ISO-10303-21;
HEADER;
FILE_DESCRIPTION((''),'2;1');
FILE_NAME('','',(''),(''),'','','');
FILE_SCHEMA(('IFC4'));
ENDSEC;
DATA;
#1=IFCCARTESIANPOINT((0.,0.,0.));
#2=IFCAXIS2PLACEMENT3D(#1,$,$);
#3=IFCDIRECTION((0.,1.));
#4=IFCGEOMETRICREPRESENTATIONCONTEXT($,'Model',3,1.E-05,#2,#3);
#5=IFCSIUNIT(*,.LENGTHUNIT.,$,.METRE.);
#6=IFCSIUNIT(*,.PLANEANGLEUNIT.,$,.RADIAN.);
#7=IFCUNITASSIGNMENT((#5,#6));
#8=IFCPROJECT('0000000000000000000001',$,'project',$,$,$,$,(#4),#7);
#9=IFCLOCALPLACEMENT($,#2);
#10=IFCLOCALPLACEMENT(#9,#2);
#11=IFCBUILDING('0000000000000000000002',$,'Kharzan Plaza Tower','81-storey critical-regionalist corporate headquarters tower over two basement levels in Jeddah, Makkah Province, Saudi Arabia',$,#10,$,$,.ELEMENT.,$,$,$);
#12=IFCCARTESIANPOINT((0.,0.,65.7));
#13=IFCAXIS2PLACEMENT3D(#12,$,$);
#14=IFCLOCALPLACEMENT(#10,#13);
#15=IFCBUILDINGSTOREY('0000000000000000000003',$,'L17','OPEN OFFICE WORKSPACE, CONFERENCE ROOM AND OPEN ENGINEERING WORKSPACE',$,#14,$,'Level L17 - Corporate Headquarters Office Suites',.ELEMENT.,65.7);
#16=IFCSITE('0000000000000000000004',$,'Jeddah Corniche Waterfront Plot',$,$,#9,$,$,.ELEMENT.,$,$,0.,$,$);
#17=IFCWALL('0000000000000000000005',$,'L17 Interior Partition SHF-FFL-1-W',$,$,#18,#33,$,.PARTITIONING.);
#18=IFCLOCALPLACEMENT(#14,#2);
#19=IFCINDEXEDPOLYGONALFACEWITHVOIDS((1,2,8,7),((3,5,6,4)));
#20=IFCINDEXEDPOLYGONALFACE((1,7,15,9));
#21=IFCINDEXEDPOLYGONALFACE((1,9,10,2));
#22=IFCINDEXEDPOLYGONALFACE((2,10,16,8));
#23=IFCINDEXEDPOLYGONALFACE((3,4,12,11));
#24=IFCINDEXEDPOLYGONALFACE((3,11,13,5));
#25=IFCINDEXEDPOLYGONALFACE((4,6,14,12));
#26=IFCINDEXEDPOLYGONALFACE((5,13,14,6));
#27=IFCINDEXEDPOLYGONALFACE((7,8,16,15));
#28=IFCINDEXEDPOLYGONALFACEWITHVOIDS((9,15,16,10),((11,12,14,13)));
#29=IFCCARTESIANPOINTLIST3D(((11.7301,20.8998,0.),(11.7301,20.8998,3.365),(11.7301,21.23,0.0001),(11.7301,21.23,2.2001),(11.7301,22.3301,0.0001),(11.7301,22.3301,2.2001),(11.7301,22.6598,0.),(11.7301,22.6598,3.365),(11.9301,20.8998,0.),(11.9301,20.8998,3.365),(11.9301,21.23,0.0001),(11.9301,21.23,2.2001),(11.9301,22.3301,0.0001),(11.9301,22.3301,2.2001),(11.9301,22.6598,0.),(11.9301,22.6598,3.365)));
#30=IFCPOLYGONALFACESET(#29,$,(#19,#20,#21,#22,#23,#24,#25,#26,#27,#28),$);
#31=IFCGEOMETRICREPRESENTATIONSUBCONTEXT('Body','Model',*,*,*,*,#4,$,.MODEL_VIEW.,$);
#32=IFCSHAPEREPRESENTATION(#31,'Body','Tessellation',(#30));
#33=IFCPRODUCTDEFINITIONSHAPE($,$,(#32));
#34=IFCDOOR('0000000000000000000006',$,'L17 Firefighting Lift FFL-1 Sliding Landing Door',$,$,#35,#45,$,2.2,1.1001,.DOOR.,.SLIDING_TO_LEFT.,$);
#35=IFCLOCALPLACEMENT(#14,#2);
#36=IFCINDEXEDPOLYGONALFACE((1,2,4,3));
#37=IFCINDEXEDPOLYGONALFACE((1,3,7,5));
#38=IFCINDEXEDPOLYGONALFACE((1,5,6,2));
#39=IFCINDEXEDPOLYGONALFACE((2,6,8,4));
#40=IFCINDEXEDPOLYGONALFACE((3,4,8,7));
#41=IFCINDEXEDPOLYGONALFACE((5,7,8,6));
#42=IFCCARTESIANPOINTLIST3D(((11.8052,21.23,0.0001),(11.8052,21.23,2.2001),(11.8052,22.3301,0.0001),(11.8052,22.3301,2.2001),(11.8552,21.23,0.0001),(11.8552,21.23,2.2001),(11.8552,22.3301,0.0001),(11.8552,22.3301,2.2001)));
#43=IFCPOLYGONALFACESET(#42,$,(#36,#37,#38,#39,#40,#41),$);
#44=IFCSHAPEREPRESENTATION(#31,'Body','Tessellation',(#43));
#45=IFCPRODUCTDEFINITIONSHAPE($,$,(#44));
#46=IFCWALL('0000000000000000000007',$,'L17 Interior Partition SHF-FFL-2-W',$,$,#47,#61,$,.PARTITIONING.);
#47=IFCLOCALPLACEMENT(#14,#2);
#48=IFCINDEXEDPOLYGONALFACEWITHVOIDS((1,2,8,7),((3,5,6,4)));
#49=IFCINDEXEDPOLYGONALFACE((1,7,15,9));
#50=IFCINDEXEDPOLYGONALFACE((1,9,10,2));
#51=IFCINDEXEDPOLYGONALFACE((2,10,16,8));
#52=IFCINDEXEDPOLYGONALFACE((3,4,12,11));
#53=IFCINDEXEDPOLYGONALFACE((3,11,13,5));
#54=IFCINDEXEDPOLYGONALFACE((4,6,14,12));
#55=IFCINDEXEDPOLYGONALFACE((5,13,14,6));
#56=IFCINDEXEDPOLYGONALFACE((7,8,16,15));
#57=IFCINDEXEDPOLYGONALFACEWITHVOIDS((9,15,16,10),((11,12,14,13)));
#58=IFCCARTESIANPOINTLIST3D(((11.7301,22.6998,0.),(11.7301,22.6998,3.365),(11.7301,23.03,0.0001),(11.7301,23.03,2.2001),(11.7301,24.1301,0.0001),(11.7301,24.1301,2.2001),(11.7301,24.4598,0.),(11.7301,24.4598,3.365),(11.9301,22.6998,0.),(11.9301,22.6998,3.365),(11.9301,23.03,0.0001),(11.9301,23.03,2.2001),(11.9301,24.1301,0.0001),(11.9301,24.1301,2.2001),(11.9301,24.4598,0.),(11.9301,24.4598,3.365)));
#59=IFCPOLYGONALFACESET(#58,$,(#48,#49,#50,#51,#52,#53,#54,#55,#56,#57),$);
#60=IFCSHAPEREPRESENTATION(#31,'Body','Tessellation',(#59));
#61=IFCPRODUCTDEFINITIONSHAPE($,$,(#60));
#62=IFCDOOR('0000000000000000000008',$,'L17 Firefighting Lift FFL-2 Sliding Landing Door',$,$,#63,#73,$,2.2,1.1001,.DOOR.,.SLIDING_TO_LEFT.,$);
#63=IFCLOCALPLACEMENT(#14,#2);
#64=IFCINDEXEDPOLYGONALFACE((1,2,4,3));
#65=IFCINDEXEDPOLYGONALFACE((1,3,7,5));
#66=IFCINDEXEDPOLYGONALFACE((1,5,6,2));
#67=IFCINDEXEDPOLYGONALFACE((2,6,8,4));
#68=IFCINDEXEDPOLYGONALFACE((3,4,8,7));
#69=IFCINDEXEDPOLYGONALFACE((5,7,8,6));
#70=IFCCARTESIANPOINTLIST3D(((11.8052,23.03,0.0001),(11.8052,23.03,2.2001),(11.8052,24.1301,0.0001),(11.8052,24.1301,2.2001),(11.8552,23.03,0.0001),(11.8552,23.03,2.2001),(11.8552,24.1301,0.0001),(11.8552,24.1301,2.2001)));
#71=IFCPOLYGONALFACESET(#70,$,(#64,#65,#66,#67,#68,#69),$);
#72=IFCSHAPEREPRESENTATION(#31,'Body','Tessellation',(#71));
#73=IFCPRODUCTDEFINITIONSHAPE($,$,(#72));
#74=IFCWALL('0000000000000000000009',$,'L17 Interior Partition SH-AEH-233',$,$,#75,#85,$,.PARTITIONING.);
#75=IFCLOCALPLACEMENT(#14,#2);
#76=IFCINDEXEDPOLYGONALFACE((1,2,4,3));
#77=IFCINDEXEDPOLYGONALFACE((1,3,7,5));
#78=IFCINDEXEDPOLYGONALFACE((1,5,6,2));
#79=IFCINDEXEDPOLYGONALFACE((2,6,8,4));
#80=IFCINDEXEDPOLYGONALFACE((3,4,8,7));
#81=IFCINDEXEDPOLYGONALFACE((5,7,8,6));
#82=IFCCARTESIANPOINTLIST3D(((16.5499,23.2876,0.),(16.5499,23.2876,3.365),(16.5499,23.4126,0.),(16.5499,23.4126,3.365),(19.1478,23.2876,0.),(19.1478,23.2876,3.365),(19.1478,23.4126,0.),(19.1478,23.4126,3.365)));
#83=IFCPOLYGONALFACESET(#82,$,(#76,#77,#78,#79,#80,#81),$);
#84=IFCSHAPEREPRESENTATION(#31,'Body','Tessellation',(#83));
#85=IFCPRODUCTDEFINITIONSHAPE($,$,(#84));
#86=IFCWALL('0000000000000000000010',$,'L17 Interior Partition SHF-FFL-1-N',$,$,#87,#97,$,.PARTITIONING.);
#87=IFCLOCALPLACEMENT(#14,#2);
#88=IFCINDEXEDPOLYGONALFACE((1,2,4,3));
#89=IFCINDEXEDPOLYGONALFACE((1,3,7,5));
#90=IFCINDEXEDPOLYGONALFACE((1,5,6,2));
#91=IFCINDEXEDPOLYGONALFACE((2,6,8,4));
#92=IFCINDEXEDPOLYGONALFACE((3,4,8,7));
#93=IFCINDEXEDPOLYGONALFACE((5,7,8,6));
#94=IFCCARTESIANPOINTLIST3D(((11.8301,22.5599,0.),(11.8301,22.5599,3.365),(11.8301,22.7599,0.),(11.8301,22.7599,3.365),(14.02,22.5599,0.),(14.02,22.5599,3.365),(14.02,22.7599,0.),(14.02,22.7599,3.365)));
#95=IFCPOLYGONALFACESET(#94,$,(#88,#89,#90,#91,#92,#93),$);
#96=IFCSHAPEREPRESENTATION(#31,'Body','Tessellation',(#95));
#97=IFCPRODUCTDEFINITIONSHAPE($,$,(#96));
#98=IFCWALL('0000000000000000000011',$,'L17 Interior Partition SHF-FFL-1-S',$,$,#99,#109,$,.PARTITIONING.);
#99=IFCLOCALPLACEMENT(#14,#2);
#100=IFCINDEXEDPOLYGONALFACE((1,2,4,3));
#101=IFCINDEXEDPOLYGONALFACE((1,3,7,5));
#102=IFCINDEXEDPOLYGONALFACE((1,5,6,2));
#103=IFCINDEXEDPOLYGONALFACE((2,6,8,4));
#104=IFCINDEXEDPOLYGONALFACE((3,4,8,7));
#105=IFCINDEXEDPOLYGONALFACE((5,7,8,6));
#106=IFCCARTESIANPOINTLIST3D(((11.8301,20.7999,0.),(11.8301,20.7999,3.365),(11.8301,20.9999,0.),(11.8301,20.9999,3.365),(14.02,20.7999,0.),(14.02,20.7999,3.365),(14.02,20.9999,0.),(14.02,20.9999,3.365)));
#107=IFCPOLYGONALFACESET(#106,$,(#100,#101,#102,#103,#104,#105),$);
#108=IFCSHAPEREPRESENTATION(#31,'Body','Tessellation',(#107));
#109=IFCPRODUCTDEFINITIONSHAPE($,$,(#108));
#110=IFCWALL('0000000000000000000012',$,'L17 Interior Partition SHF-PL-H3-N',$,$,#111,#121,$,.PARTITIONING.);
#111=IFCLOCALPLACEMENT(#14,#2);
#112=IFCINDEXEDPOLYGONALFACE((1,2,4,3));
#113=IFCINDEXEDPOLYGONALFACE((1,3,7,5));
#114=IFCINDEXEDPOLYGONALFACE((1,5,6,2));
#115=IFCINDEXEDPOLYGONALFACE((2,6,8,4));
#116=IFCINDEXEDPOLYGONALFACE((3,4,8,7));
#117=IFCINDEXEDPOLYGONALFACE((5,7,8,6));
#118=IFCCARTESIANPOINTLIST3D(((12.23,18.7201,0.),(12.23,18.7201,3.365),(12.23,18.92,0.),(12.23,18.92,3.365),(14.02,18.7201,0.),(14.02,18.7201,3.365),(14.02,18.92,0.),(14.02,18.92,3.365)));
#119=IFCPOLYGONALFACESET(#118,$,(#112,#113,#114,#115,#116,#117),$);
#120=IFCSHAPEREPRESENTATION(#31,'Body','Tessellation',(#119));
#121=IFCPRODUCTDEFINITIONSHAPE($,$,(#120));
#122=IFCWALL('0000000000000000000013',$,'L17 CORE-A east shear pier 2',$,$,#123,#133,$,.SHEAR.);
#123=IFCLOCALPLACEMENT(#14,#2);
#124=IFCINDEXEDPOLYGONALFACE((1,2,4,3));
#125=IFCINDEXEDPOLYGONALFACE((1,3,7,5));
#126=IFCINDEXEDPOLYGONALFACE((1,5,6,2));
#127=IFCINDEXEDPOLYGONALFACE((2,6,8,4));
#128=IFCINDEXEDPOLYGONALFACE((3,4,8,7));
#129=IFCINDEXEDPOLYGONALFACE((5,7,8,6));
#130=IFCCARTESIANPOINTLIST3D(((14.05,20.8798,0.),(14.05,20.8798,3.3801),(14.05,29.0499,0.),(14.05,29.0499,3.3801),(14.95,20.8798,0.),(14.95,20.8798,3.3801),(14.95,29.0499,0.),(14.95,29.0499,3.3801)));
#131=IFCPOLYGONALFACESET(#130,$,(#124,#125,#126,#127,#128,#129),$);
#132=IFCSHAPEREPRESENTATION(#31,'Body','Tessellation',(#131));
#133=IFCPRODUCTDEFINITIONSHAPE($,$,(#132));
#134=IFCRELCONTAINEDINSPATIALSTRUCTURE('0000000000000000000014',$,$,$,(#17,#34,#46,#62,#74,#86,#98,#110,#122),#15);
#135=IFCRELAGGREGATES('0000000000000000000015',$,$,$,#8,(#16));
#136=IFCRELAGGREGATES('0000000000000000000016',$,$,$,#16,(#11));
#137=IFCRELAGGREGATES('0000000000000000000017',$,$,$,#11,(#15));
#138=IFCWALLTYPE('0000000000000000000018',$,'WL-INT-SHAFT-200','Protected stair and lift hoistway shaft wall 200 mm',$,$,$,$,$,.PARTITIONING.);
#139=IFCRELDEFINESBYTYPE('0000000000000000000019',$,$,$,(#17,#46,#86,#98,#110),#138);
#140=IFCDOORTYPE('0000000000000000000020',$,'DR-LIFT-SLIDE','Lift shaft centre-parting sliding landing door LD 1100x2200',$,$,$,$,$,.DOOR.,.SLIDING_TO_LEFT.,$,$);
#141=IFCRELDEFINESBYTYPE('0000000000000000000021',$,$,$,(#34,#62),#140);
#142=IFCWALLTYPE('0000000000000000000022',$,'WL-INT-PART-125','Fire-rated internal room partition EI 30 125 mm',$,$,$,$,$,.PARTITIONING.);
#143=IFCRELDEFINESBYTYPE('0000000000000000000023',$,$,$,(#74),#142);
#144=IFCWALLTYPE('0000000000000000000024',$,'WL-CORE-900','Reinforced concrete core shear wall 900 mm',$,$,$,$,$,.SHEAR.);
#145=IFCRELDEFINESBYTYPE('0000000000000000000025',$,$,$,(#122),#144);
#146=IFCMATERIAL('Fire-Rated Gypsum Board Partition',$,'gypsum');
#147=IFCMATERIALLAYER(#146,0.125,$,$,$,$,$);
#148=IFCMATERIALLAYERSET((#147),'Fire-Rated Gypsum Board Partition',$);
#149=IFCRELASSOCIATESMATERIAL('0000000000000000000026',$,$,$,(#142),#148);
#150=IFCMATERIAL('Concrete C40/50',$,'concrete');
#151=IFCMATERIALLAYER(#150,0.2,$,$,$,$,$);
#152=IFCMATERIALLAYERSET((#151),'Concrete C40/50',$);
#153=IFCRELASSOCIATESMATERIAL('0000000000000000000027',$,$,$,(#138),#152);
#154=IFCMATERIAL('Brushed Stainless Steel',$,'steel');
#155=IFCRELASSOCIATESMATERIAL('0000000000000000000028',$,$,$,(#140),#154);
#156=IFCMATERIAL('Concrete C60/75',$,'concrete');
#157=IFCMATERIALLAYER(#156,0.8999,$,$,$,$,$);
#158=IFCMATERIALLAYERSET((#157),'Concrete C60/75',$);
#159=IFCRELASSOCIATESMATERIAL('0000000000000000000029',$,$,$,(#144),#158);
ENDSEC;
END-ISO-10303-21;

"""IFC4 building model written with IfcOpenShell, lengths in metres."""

from ifc_helpers import new_model, si_unit, direction, frame, frame_2d, origin, place, context, subcontext, project, spatial, rectangle, extrude, source, transform, mapped, material, layer, layer_set, type_object, element, fill, save


model = new_model("IFC4")

# Units and contexts
model_context = context("Model", 3, precision=1e-05, world=origin(), true_north=direction((0.0, 1.0)))
body_context = subcontext(model_context, "Body", "Model", "MODEL_VIEW")
ifc_project = project(units=[si_unit("LENGTHUNIT", "METRE"), si_unit("PLANEANGLEUNIT", "RADIAN")], contexts=[model_context])

# Site, building, storey
site_placement = place(None, origin())
site = spatial("IfcSite", under=ifc_project, at=site_placement, Name="Jeddah Corniche Waterfront Plot", CompositionType="ELEMENT", RefElevation=0.0)
building_placement = place(site_placement, origin())
building = spatial("IfcBuilding", under=site, at=building_placement, Name="Kharzan Plaza Tower", Description="81-storey critical-regionalist corporate headquarters tower over two basement levels in Jeddah, Makkah Province, Saudi Arabia", CompositionType="ELEMENT")
storey_placement = place(building_placement, frame((0.0, 0.0, 65.7)))
storey = spatial("IfcBuildingStorey", under=building, at=storey_placement, Name="L17", Description="OPEN OFFICE WORKSPACE, CONFERENCE ROOM AND OPEN ENGINEERING WORKSPACE", LongName="Level L17 - Corporate Headquarters Office Suites", CompositionType="ELEMENT", Elevation=65.7)

# Shared definitions
ifc_material_1 = material(Name="Concrete C60/75", Category="concrete")

# Walls, openings, doors
ifc_material_2 = material(Name="Fire-Rated Gypsum Board Partition", Category="gypsum")
ifc_layer_1 = layer(ifc_material_2, 0.125)
ifc_layer_set_1 = layer_set([ifc_layer_1], Name="Fire-Rated Gypsum Board Partition")
wall_type_1 = type_object("IfcWallType", Name="WL-INT-PART-125", Description="Fire-rated internal room partition EI 30 125 mm", PredefinedType="PARTITIONING", material=ifc_layer_set_1)
ifc_material_3 = material(Name="Concrete C40/50", Category="concrete")
ifc_layer_2 = layer(ifc_material_3, 0.2)
ifc_layer_set_2 = layer_set([ifc_layer_2], Name="Concrete C40/50")
wall_type_2 = type_object("IfcWallType", Name="WL-INT-SHAFT-200", Description="Protected stair and lift hoistway shaft wall 200 mm", PredefinedType="PARTITIONING", material=ifc_layer_set_2)
wall_1_placement = place(storey_placement, frame((11.8301, 20.8999, 0.0), z_axis=(0.0, 0.0, 1.0), x_axis=(0.0, 1.0, 0.0)))
wall_1 = element("IfcWall", 1, at=wall_1_placement, inside=storey, type_object=wall_type_2, Name="L17 Interior Partition SHF-FFL-1-W", PredefinedType="PARTITIONING", context=body_context, shape_type="SweptSolid", body=[
    extrude(rectangle(XDim=1.76, YDim=0.2, at=frame_2d((0.8799, 0.0))), origin(), (0.0, 0.0, 1.0), 3.365),
])
opening_1_placement = place(wall_1_placement, frame((0.3301, 0.0, 0.0)))
opening_1 = element("IfcOpeningElement", 2, at=opening_1_placement, cuts=wall_1, PredefinedType="OPENING", context=body_context, shape_type="SweptSolid", body=[
    extrude(rectangle(XDim=1.1001, YDim=2.2, at=frame_2d((0.55, 1.1001))), frame((0.0, 0.1099, 0.0), z_axis=(0.0, -1.0, 0.0), x_axis=(1.0, 0.0, 0.0)), (0.0, 0.0, 1.0), 0.22),
])
ifc_material_4 = material(Name="Brushed Stainless Steel", Category="steel")
door_type_1 = type_object("IfcDoorType", Name="DR-LIFT-SLIDE", Description="Lift shaft centre-parting sliding landing door LD 1100x2200", OperationType="SLIDING_TO_LEFT", PredefinedType="DOOR", material=ifc_material_4)
shared_shape_1 = source(origin(), body_context, "Body", "SweptSolid", [
    extrude(rectangle(XDim=1.1001, YDim=2.2, at=frame_2d((0.55, 1.1001))), frame((0.0, 0.0249, 0.0), z_axis=(0.0, -1.0, 0.0), x_axis=(1.0, 0.0, 0.0)), (0.0, 0.0, 1.0), 0.05),
])
door_1_placement = place(opening_1_placement, origin())
door_1 = element("IfcDoor", 3, at=door_1_placement, inside=storey, type_object=door_type_1, Name="L17 Firefighting Lift FFL-1 Sliding Landing Door", OperationType="SLIDING_TO_LEFT", OverallHeight=2.2, OverallWidth=1.1001, PredefinedType="DOOR", context=body_context, shape_type="MappedRepresentation", body=[
    mapped(shared_shape_1, transform((0.0, 0.0, 0.0), x_axis=(1.0, 0.0, 0.0), y_axis=(0.0, 1.0, 0.0), z_axis=(0.0, 0.0, 1.0))),
])
fill(opening_1, door_1)
wall_2_placement = place(storey_placement, frame((11.8301, 22.7, 0.0), z_axis=(0.0, 0.0, 1.0), x_axis=(0.0, 1.0, 0.0)))
wall_2 = element("IfcWall", 4, at=wall_2_placement, inside=storey, type_object=wall_type_2, Name="L17 Interior Partition SHF-FFL-2-W", PredefinedType="PARTITIONING", context=body_context, shape_type="SweptSolid", body=[
    extrude(rectangle(XDim=1.76, YDim=0.2, at=frame_2d((0.8799, 0.0))), origin(), (0.0, 0.0, 1.0), 3.365),
])
opening_2_placement = place(wall_2_placement, frame((0.3301, 0.0, 0.0)))
opening_2 = element("IfcOpeningElement", 5, at=opening_2_placement, cuts=wall_2, PredefinedType="OPENING", context=body_context, shape_type="SweptSolid", body=[
    extrude(rectangle(XDim=1.1001, YDim=2.2, at=frame_2d((0.55, 1.1001))), frame((0.0, 0.1099, 0.0), z_axis=(0.0, -1.0, 0.0), x_axis=(1.0, 0.0, 0.0)), (0.0, 0.0, 1.0), 0.22),
])
door_2_placement = place(opening_2_placement, origin())
door_2 = element("IfcDoor", 6, at=door_2_placement, inside=storey, type_object=door_type_1, Name="L17 Firefighting Lift FFL-2 Sliding Landing Door", OperationType="SLIDING_TO_LEFT", OverallHeight=2.2, OverallWidth=1.1001, PredefinedType="DOOR", context=body_context, shape_type="MappedRepresentation", body=[
    mapped(shared_shape_1, transform((0.0, 0.0, 0.0), x_axis=(1.0, 0.0, 0.0), y_axis=(0.0, 1.0, 0.0), z_axis=(0.0, 0.0, 1.0))),
])
fill(opening_2, door_2)

# Walls
shared_shape_2 = source(origin(), body_context, "Body", "SweptSolid", [
    extrude(rectangle(XDim=2.5979, YDim=0.125, at=frame_2d((1.2988, 0.0))), origin(), (0.0, 0.0, 1.0), 3.365),
])
wall_3_placement = place(storey_placement, frame((16.55, 23.3501, 0.0), z_axis=(0.0, 0.0, 1.0), x_axis=(1.0, 0.0, 0.0)))
element("IfcWall", 7, at=wall_3_placement, inside=storey, type_object=wall_type_1, Name="L17 Interior Partition SH-AEH-233", PredefinedType="PARTITIONING", context=body_context, shape_type="MappedRepresentation", body=[
    mapped(shared_shape_2, transform((0.0, 0.0, 0.0), x_axis=(1.0, 0.0, 0.0), y_axis=(0.0, 1.0, 0.0), z_axis=(0.0, 0.0, 1.0))),
])
shared_shape_3 = source(origin(), body_context, "Body", "SweptSolid", [
    extrude(rectangle(XDim=2.1899, YDim=0.2, at=frame_2d((1.095, 0.0))), origin(), (0.0, 0.0, 1.0), 3.365),
])
for number, where, z_axis, x_axis, name in (
    (8, (11.8301, 22.6599, 0.0), (0.0, 0.0, 1.0), (1.0, 0.0, 0.0), "L17 Interior Partition SHF-FFL-1-N"),
    (9, (11.8301, 20.8999, 0.0), (0.0, 0.0, 1.0), (1.0, 0.0, 0.0), "L17 Interior Partition SHF-FFL-1-S"),
):
    element("IfcWall", number, at=place(storey_placement, frame(where, z_axis=z_axis, x_axis=x_axis)), inside=storey, type_object=wall_type_2, Name=name, PredefinedType="PARTITIONING", context=body_context, shape_type="MappedRepresentation", body=[
        mapped(shared_shape_3, transform((0.0, 0.0, 0.0), x_axis=(1.0, 0.0, 0.0), y_axis=(0.0, 1.0, 0.0), z_axis=(0.0, 0.0, 1.0))),
    ])
shared_shape_4 = source(origin(), body_context, "Body", "SweptSolid", [
    extrude(rectangle(XDim=1.79, YDim=0.2, at=frame_2d((0.895, 0.0))), origin(), (0.0, 0.0, 1.0), 3.365),
])
wall_4_placement = place(storey_placement, frame((12.23, 18.8201, 0.0), z_axis=(0.0, 0.0, 1.0), x_axis=(1.0, 0.0, 0.0)))
element("IfcWall", 10, at=wall_4_placement, inside=storey, type_object=wall_type_2, Name="L17 Interior Partition SHF-PL-H3-N", PredefinedType="PARTITIONING", context=body_context, shape_type="MappedRepresentation", body=[
    mapped(shared_shape_4, transform((0.0, 0.0, 0.0), x_axis=(1.0, 0.0, 0.0), y_axis=(0.0, 1.0, 0.0), z_axis=(0.0, 0.0, 1.0))),
])
ifc_layer_3 = layer(ifc_material_1, 0.8999)
ifc_layer_set_3 = layer_set([ifc_layer_3], Name="Concrete C60/75")
wall_type_3 = type_object("IfcWallType", Name="WL-CORE-900", Description="Reinforced concrete core shear wall 900 mm", PredefinedType="SHEAR", material=ifc_layer_set_3)
shared_shape_5 = source(origin(), body_context, "Body", "SweptSolid", [
    extrude(rectangle(XDim=8.1702, YDim=0.8999, at=frame_2d((4.085, 0.0))), origin(), (0.0, 0.0, 1.0), 3.3801),
])
wall_5_placement = place(storey_placement, frame((14.5, 20.8799, 0.0), z_axis=(0.0, 0.0, 1.0), x_axis=(0.0, 1.0, 0.0)))
element("IfcWall", 11, at=wall_5_placement, inside=storey, type_object=wall_type_3, Name="L17 CORE-A east shear pier 2", PredefinedType="SHEAR", context=body_context, shape_type="MappedRepresentation", body=[
    mapped(shared_shape_5, transform((0.0, 0.0, 0.0), x_axis=(1.0, 0.0, 0.0), y_axis=(0.0, 1.0, 0.0), z_axis=(0.0, 0.0, 1.0))),
])

save(model, "model.ifc")
